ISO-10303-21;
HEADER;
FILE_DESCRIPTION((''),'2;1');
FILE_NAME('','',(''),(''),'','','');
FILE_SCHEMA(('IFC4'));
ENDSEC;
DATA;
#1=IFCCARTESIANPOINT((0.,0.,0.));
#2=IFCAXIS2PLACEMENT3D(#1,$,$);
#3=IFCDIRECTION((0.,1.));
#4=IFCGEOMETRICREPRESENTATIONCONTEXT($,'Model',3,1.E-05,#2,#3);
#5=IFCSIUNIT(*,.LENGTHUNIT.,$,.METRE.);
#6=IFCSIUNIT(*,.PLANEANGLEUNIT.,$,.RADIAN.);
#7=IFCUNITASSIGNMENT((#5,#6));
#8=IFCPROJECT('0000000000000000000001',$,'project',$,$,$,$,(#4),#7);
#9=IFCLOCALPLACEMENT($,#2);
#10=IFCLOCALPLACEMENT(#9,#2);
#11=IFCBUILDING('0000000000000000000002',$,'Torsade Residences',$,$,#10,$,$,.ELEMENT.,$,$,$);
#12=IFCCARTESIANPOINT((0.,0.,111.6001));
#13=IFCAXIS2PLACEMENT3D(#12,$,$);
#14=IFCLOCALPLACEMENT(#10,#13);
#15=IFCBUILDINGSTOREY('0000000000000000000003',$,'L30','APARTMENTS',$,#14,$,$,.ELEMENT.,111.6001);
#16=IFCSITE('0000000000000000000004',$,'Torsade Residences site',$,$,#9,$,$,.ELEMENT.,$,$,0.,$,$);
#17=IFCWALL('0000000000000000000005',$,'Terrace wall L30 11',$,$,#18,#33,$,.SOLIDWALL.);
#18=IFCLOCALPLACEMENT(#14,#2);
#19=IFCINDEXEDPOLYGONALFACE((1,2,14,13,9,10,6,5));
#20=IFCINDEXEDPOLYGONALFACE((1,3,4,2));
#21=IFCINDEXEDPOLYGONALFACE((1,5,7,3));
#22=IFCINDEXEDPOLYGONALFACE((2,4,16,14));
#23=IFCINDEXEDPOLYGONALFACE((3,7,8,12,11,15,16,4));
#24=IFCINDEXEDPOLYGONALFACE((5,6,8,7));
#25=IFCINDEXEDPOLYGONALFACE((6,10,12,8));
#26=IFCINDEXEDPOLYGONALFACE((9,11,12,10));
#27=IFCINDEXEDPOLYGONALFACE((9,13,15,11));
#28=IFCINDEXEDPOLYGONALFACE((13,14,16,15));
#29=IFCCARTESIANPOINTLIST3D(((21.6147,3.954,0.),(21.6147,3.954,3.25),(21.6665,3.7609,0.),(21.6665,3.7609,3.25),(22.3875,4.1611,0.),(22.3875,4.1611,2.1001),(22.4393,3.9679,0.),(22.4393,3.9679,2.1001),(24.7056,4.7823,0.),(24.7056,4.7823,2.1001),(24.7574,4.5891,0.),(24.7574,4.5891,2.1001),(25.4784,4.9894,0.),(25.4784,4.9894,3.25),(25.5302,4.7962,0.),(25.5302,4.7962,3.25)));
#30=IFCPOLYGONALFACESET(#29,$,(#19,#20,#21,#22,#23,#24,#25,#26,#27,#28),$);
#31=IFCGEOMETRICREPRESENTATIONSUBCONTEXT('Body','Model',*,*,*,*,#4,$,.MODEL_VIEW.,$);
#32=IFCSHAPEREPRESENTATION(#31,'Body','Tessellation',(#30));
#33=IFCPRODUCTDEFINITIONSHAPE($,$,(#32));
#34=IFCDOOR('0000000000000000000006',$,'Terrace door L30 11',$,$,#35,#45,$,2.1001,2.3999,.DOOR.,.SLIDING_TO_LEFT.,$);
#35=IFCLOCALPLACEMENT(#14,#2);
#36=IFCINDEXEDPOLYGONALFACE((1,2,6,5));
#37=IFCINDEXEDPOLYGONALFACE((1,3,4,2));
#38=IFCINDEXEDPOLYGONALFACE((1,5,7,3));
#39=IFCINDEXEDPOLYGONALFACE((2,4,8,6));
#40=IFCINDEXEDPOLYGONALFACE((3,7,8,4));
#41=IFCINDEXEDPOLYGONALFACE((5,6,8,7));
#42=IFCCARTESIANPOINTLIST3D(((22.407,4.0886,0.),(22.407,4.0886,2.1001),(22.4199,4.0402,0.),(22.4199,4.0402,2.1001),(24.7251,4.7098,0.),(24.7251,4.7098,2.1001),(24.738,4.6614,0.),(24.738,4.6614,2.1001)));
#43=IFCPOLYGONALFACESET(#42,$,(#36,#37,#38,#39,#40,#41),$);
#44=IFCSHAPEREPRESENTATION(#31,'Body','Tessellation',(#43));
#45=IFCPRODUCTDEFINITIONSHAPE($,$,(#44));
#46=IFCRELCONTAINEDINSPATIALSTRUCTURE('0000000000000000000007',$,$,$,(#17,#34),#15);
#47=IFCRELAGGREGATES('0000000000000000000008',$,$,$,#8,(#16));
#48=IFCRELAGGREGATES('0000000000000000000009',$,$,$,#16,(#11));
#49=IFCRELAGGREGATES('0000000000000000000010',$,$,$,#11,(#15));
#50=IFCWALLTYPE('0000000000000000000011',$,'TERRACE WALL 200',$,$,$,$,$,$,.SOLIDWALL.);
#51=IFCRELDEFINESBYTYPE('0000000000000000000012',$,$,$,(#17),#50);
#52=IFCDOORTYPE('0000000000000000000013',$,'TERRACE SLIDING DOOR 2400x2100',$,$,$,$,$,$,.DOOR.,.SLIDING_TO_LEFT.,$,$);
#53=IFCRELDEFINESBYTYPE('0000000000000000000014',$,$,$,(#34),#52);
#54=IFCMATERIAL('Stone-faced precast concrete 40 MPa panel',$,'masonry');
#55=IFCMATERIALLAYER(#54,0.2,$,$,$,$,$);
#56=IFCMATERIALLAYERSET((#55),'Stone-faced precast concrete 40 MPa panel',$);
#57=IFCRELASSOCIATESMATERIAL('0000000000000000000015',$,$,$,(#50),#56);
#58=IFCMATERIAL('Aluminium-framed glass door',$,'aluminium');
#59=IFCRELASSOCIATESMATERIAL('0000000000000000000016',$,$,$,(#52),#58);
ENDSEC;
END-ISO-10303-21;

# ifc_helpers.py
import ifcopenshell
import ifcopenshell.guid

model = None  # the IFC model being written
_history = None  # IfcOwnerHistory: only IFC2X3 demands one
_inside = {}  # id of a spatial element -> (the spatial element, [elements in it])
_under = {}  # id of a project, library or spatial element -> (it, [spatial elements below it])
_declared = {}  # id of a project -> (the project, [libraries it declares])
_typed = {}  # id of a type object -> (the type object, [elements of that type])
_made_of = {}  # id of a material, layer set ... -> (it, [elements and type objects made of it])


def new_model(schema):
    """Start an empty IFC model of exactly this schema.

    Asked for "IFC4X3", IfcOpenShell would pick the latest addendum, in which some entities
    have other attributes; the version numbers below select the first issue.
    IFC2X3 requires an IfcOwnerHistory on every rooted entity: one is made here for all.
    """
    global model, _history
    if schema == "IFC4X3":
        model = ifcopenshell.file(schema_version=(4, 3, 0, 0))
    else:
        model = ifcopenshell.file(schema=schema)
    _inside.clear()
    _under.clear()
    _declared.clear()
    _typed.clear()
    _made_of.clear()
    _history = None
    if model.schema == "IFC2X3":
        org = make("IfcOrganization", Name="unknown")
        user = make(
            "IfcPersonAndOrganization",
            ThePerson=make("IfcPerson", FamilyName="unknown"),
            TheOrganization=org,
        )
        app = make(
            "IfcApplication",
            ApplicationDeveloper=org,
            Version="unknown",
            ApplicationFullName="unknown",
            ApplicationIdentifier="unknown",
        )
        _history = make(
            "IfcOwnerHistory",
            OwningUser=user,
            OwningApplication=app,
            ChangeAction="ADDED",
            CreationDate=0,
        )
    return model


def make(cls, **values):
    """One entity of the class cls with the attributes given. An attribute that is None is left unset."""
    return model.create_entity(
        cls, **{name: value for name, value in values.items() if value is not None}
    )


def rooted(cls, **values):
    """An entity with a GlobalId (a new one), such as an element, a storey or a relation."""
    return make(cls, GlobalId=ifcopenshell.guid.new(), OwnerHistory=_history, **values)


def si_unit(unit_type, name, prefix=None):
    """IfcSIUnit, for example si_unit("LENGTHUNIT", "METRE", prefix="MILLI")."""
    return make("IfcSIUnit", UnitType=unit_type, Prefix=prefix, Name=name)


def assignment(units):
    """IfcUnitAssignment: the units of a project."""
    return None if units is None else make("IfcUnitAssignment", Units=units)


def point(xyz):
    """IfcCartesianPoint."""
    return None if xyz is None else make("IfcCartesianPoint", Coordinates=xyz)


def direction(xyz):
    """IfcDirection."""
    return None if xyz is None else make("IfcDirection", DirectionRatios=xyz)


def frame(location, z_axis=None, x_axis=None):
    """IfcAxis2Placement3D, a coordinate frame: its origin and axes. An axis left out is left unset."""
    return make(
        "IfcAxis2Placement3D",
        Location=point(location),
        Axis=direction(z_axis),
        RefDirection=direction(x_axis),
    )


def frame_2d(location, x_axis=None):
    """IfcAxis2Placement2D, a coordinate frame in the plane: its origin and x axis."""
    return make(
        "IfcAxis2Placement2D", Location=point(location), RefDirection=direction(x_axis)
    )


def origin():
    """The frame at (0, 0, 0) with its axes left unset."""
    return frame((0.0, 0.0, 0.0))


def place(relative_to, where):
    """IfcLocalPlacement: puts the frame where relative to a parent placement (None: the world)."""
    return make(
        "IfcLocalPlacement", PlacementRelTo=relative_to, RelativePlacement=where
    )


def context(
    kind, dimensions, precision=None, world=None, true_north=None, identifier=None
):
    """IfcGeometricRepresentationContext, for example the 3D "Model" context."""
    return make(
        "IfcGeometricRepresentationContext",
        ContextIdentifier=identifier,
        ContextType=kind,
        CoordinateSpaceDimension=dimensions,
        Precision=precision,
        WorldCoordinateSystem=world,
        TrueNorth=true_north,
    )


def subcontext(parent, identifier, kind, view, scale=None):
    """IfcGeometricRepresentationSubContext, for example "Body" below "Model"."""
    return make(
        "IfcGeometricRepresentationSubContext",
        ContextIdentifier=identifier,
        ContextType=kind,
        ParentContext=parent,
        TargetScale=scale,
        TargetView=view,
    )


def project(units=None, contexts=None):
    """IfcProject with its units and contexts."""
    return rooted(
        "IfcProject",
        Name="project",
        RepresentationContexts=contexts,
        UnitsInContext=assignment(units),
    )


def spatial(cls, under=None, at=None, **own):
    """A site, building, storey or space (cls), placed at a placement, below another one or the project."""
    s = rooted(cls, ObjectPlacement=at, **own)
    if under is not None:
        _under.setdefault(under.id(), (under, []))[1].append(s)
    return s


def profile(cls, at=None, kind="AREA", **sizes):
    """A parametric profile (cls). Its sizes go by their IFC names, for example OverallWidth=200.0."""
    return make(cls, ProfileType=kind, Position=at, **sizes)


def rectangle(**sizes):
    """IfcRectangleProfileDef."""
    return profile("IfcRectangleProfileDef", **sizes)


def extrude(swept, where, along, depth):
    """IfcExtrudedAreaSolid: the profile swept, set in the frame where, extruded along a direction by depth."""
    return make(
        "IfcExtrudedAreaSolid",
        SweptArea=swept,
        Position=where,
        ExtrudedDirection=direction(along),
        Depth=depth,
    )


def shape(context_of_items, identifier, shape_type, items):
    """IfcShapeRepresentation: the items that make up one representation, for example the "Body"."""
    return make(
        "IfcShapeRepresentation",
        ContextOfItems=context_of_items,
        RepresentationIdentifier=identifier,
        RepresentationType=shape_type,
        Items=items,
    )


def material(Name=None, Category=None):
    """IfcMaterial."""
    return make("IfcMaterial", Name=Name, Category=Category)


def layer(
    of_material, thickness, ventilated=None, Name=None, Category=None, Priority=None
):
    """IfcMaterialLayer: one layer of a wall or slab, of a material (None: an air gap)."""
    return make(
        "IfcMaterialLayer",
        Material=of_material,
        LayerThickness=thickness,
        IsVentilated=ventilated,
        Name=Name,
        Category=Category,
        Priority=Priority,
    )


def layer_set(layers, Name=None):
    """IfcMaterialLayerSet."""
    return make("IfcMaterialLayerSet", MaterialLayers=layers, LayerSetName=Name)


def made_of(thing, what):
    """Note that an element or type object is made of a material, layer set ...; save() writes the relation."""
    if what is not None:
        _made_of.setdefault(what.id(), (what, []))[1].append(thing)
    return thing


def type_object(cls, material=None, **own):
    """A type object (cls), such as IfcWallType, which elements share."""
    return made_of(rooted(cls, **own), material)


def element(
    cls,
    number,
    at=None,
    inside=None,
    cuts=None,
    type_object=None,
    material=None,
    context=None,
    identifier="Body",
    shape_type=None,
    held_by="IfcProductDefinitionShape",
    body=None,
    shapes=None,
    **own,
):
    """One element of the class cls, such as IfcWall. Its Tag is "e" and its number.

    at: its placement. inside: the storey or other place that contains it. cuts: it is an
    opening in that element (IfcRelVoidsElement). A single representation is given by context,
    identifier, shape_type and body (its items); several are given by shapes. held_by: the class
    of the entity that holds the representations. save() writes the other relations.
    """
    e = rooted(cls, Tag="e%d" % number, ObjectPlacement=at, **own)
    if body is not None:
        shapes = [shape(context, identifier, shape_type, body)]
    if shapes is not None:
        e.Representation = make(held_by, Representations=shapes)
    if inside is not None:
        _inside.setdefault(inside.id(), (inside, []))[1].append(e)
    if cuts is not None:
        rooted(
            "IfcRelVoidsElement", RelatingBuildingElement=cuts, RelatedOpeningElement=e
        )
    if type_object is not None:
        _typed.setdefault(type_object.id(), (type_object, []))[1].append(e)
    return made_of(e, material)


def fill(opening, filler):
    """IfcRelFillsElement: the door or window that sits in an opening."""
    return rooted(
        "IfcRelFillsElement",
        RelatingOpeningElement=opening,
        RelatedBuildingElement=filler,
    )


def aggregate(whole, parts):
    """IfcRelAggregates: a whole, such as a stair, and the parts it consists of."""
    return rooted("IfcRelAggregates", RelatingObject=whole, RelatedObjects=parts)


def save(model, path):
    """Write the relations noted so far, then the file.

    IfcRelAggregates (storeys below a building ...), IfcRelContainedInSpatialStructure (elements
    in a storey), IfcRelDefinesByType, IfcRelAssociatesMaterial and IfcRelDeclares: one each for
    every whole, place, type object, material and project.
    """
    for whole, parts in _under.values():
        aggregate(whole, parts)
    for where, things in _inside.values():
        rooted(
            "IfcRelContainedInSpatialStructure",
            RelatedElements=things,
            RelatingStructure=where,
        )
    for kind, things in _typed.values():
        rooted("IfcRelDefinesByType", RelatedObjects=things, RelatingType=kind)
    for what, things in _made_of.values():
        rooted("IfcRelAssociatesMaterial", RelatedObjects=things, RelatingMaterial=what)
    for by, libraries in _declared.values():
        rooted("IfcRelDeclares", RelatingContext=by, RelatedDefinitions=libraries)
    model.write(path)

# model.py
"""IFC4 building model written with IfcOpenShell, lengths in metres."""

from ifc_helpers import new_model, si_unit, direction, frame, frame_2d, origin, place, context, subcontext, project, spatial, rectangle, extrude, material, layer, layer_set, type_object, element, fill, save


model = new_model("IFC4")

# Units and contexts
model_context = context("Model", 3, precision=1e-05, world=origin(), true_north=direction((0.0, 1.0)))
body_context = subcontext(model_context, "Body", "Model", "MODEL_VIEW")
ifc_project = project(units=[si_unit("LENGTHUNIT", "METRE"), si_unit("PLANEANGLEUNIT", "RADIAN")], contexts=[model_context])

# Site, building, storey
site_placement = place(None, origin())
site = spatial("IfcSite", under=ifc_project, at=site_placement, Name="Torsade Residences site", CompositionType="ELEMENT", RefElevation=0.0)
building_placement = place(site_placement, origin())
building = spatial("IfcBuilding", under=site, at=building_placement, Name="Torsade Residences", CompositionType="ELEMENT")
storey_placement = place(building_placement, frame((0.0, 0.0, 111.6001)))
storey = spatial("IfcBuildingStorey", under=building, at=storey_placement, Name="L30", Description="APARTMENTS", CompositionType="ELEMENT", Elevation=111.6001)

# Wall, opening, door
ifc_material_1 = material(Name="Stone-faced precast concrete 40 MPa panel", Category="masonry")
ifc_layer_1 = layer(ifc_material_1, 0.2)
ifc_layer_set_1 = layer_set([ifc_layer_1], Name="Stone-faced precast concrete 40 MPa panel")
wall_type_1 = type_object("IfcWallType", Name="TERRACE WALL 200", PredefinedType="SOLIDWALL", material=ifc_layer_set_1)
wall_1_placement = place(storey_placement, frame((21.6406, 3.8574, 0.0), z_axis=(0.0, 0.0, 1.0), x_axis=(0.965919, 0.258844, 0.0)))
wall_1 = element("IfcWall", 1, at=wall_1_placement, inside=storey, type_object=wall_type_1, Name="Terrace wall L30 11", PredefinedType="SOLIDWALL", context=body_context, shape_type="SweptSolid", body=[
    extrude(rectangle(XDim=4.0, YDim=0.2, at=frame_2d((2.0, 0.0))), origin(), (0.0, 0.0, 1.0), 3.25),
])
opening_1_placement = place(wall_1_placement, frame((0.8, 0.0, 0.0)))
opening_1 = element("IfcOpeningElement", 2, at=opening_1_placement, cuts=wall_1, PredefinedType="OPENING", context=body_context, shape_type="SweptSolid", body=[
    extrude(rectangle(XDim=2.3999, YDim=2.1001, at=frame_2d((1.2, 1.05))), frame((0.0, 0.1099, 0.0), z_axis=(0.0, -1.0, 0.0), x_axis=(1.0, 0.0, 0.0)), (0.0, 0.0, 1.0), 0.22),
])
ifc_material_2 = material(Name="Aluminium-framed glass door", Category="aluminium")
door_type_1 = type_object("IfcDoorType", Name="TERRACE SLIDING DOOR 2400x2100", OperationType="SLIDING_TO_LEFT", PredefinedType="DOOR", material=ifc_material_2)
door_1_placement = place(opening_1_placement, origin())
door_1 = element("IfcDoor", 3, at=door_1_placement, inside=storey, type_object=door_type_1, Name="Terrace door L30 11", OperationType="SLIDING_TO_LEFT", OverallHeight=2.1001, OverallWidth=2.3999, PredefinedType="DOOR", context=body_context, shape_type="SweptSolid", body=[
    extrude(rectangle(XDim=2.3999, YDim=2.1001, at=frame_2d((1.2, 1.05))), frame((0.0, 0.0249, 0.0), z_axis=(0.0, -1.0, 0.0), x_axis=(1.0, 0.0, 0.0)), (0.0, 0.0, 1.0), 0.05),
])
fill(opening_1, door_1)

save(model, "model.ifc")
